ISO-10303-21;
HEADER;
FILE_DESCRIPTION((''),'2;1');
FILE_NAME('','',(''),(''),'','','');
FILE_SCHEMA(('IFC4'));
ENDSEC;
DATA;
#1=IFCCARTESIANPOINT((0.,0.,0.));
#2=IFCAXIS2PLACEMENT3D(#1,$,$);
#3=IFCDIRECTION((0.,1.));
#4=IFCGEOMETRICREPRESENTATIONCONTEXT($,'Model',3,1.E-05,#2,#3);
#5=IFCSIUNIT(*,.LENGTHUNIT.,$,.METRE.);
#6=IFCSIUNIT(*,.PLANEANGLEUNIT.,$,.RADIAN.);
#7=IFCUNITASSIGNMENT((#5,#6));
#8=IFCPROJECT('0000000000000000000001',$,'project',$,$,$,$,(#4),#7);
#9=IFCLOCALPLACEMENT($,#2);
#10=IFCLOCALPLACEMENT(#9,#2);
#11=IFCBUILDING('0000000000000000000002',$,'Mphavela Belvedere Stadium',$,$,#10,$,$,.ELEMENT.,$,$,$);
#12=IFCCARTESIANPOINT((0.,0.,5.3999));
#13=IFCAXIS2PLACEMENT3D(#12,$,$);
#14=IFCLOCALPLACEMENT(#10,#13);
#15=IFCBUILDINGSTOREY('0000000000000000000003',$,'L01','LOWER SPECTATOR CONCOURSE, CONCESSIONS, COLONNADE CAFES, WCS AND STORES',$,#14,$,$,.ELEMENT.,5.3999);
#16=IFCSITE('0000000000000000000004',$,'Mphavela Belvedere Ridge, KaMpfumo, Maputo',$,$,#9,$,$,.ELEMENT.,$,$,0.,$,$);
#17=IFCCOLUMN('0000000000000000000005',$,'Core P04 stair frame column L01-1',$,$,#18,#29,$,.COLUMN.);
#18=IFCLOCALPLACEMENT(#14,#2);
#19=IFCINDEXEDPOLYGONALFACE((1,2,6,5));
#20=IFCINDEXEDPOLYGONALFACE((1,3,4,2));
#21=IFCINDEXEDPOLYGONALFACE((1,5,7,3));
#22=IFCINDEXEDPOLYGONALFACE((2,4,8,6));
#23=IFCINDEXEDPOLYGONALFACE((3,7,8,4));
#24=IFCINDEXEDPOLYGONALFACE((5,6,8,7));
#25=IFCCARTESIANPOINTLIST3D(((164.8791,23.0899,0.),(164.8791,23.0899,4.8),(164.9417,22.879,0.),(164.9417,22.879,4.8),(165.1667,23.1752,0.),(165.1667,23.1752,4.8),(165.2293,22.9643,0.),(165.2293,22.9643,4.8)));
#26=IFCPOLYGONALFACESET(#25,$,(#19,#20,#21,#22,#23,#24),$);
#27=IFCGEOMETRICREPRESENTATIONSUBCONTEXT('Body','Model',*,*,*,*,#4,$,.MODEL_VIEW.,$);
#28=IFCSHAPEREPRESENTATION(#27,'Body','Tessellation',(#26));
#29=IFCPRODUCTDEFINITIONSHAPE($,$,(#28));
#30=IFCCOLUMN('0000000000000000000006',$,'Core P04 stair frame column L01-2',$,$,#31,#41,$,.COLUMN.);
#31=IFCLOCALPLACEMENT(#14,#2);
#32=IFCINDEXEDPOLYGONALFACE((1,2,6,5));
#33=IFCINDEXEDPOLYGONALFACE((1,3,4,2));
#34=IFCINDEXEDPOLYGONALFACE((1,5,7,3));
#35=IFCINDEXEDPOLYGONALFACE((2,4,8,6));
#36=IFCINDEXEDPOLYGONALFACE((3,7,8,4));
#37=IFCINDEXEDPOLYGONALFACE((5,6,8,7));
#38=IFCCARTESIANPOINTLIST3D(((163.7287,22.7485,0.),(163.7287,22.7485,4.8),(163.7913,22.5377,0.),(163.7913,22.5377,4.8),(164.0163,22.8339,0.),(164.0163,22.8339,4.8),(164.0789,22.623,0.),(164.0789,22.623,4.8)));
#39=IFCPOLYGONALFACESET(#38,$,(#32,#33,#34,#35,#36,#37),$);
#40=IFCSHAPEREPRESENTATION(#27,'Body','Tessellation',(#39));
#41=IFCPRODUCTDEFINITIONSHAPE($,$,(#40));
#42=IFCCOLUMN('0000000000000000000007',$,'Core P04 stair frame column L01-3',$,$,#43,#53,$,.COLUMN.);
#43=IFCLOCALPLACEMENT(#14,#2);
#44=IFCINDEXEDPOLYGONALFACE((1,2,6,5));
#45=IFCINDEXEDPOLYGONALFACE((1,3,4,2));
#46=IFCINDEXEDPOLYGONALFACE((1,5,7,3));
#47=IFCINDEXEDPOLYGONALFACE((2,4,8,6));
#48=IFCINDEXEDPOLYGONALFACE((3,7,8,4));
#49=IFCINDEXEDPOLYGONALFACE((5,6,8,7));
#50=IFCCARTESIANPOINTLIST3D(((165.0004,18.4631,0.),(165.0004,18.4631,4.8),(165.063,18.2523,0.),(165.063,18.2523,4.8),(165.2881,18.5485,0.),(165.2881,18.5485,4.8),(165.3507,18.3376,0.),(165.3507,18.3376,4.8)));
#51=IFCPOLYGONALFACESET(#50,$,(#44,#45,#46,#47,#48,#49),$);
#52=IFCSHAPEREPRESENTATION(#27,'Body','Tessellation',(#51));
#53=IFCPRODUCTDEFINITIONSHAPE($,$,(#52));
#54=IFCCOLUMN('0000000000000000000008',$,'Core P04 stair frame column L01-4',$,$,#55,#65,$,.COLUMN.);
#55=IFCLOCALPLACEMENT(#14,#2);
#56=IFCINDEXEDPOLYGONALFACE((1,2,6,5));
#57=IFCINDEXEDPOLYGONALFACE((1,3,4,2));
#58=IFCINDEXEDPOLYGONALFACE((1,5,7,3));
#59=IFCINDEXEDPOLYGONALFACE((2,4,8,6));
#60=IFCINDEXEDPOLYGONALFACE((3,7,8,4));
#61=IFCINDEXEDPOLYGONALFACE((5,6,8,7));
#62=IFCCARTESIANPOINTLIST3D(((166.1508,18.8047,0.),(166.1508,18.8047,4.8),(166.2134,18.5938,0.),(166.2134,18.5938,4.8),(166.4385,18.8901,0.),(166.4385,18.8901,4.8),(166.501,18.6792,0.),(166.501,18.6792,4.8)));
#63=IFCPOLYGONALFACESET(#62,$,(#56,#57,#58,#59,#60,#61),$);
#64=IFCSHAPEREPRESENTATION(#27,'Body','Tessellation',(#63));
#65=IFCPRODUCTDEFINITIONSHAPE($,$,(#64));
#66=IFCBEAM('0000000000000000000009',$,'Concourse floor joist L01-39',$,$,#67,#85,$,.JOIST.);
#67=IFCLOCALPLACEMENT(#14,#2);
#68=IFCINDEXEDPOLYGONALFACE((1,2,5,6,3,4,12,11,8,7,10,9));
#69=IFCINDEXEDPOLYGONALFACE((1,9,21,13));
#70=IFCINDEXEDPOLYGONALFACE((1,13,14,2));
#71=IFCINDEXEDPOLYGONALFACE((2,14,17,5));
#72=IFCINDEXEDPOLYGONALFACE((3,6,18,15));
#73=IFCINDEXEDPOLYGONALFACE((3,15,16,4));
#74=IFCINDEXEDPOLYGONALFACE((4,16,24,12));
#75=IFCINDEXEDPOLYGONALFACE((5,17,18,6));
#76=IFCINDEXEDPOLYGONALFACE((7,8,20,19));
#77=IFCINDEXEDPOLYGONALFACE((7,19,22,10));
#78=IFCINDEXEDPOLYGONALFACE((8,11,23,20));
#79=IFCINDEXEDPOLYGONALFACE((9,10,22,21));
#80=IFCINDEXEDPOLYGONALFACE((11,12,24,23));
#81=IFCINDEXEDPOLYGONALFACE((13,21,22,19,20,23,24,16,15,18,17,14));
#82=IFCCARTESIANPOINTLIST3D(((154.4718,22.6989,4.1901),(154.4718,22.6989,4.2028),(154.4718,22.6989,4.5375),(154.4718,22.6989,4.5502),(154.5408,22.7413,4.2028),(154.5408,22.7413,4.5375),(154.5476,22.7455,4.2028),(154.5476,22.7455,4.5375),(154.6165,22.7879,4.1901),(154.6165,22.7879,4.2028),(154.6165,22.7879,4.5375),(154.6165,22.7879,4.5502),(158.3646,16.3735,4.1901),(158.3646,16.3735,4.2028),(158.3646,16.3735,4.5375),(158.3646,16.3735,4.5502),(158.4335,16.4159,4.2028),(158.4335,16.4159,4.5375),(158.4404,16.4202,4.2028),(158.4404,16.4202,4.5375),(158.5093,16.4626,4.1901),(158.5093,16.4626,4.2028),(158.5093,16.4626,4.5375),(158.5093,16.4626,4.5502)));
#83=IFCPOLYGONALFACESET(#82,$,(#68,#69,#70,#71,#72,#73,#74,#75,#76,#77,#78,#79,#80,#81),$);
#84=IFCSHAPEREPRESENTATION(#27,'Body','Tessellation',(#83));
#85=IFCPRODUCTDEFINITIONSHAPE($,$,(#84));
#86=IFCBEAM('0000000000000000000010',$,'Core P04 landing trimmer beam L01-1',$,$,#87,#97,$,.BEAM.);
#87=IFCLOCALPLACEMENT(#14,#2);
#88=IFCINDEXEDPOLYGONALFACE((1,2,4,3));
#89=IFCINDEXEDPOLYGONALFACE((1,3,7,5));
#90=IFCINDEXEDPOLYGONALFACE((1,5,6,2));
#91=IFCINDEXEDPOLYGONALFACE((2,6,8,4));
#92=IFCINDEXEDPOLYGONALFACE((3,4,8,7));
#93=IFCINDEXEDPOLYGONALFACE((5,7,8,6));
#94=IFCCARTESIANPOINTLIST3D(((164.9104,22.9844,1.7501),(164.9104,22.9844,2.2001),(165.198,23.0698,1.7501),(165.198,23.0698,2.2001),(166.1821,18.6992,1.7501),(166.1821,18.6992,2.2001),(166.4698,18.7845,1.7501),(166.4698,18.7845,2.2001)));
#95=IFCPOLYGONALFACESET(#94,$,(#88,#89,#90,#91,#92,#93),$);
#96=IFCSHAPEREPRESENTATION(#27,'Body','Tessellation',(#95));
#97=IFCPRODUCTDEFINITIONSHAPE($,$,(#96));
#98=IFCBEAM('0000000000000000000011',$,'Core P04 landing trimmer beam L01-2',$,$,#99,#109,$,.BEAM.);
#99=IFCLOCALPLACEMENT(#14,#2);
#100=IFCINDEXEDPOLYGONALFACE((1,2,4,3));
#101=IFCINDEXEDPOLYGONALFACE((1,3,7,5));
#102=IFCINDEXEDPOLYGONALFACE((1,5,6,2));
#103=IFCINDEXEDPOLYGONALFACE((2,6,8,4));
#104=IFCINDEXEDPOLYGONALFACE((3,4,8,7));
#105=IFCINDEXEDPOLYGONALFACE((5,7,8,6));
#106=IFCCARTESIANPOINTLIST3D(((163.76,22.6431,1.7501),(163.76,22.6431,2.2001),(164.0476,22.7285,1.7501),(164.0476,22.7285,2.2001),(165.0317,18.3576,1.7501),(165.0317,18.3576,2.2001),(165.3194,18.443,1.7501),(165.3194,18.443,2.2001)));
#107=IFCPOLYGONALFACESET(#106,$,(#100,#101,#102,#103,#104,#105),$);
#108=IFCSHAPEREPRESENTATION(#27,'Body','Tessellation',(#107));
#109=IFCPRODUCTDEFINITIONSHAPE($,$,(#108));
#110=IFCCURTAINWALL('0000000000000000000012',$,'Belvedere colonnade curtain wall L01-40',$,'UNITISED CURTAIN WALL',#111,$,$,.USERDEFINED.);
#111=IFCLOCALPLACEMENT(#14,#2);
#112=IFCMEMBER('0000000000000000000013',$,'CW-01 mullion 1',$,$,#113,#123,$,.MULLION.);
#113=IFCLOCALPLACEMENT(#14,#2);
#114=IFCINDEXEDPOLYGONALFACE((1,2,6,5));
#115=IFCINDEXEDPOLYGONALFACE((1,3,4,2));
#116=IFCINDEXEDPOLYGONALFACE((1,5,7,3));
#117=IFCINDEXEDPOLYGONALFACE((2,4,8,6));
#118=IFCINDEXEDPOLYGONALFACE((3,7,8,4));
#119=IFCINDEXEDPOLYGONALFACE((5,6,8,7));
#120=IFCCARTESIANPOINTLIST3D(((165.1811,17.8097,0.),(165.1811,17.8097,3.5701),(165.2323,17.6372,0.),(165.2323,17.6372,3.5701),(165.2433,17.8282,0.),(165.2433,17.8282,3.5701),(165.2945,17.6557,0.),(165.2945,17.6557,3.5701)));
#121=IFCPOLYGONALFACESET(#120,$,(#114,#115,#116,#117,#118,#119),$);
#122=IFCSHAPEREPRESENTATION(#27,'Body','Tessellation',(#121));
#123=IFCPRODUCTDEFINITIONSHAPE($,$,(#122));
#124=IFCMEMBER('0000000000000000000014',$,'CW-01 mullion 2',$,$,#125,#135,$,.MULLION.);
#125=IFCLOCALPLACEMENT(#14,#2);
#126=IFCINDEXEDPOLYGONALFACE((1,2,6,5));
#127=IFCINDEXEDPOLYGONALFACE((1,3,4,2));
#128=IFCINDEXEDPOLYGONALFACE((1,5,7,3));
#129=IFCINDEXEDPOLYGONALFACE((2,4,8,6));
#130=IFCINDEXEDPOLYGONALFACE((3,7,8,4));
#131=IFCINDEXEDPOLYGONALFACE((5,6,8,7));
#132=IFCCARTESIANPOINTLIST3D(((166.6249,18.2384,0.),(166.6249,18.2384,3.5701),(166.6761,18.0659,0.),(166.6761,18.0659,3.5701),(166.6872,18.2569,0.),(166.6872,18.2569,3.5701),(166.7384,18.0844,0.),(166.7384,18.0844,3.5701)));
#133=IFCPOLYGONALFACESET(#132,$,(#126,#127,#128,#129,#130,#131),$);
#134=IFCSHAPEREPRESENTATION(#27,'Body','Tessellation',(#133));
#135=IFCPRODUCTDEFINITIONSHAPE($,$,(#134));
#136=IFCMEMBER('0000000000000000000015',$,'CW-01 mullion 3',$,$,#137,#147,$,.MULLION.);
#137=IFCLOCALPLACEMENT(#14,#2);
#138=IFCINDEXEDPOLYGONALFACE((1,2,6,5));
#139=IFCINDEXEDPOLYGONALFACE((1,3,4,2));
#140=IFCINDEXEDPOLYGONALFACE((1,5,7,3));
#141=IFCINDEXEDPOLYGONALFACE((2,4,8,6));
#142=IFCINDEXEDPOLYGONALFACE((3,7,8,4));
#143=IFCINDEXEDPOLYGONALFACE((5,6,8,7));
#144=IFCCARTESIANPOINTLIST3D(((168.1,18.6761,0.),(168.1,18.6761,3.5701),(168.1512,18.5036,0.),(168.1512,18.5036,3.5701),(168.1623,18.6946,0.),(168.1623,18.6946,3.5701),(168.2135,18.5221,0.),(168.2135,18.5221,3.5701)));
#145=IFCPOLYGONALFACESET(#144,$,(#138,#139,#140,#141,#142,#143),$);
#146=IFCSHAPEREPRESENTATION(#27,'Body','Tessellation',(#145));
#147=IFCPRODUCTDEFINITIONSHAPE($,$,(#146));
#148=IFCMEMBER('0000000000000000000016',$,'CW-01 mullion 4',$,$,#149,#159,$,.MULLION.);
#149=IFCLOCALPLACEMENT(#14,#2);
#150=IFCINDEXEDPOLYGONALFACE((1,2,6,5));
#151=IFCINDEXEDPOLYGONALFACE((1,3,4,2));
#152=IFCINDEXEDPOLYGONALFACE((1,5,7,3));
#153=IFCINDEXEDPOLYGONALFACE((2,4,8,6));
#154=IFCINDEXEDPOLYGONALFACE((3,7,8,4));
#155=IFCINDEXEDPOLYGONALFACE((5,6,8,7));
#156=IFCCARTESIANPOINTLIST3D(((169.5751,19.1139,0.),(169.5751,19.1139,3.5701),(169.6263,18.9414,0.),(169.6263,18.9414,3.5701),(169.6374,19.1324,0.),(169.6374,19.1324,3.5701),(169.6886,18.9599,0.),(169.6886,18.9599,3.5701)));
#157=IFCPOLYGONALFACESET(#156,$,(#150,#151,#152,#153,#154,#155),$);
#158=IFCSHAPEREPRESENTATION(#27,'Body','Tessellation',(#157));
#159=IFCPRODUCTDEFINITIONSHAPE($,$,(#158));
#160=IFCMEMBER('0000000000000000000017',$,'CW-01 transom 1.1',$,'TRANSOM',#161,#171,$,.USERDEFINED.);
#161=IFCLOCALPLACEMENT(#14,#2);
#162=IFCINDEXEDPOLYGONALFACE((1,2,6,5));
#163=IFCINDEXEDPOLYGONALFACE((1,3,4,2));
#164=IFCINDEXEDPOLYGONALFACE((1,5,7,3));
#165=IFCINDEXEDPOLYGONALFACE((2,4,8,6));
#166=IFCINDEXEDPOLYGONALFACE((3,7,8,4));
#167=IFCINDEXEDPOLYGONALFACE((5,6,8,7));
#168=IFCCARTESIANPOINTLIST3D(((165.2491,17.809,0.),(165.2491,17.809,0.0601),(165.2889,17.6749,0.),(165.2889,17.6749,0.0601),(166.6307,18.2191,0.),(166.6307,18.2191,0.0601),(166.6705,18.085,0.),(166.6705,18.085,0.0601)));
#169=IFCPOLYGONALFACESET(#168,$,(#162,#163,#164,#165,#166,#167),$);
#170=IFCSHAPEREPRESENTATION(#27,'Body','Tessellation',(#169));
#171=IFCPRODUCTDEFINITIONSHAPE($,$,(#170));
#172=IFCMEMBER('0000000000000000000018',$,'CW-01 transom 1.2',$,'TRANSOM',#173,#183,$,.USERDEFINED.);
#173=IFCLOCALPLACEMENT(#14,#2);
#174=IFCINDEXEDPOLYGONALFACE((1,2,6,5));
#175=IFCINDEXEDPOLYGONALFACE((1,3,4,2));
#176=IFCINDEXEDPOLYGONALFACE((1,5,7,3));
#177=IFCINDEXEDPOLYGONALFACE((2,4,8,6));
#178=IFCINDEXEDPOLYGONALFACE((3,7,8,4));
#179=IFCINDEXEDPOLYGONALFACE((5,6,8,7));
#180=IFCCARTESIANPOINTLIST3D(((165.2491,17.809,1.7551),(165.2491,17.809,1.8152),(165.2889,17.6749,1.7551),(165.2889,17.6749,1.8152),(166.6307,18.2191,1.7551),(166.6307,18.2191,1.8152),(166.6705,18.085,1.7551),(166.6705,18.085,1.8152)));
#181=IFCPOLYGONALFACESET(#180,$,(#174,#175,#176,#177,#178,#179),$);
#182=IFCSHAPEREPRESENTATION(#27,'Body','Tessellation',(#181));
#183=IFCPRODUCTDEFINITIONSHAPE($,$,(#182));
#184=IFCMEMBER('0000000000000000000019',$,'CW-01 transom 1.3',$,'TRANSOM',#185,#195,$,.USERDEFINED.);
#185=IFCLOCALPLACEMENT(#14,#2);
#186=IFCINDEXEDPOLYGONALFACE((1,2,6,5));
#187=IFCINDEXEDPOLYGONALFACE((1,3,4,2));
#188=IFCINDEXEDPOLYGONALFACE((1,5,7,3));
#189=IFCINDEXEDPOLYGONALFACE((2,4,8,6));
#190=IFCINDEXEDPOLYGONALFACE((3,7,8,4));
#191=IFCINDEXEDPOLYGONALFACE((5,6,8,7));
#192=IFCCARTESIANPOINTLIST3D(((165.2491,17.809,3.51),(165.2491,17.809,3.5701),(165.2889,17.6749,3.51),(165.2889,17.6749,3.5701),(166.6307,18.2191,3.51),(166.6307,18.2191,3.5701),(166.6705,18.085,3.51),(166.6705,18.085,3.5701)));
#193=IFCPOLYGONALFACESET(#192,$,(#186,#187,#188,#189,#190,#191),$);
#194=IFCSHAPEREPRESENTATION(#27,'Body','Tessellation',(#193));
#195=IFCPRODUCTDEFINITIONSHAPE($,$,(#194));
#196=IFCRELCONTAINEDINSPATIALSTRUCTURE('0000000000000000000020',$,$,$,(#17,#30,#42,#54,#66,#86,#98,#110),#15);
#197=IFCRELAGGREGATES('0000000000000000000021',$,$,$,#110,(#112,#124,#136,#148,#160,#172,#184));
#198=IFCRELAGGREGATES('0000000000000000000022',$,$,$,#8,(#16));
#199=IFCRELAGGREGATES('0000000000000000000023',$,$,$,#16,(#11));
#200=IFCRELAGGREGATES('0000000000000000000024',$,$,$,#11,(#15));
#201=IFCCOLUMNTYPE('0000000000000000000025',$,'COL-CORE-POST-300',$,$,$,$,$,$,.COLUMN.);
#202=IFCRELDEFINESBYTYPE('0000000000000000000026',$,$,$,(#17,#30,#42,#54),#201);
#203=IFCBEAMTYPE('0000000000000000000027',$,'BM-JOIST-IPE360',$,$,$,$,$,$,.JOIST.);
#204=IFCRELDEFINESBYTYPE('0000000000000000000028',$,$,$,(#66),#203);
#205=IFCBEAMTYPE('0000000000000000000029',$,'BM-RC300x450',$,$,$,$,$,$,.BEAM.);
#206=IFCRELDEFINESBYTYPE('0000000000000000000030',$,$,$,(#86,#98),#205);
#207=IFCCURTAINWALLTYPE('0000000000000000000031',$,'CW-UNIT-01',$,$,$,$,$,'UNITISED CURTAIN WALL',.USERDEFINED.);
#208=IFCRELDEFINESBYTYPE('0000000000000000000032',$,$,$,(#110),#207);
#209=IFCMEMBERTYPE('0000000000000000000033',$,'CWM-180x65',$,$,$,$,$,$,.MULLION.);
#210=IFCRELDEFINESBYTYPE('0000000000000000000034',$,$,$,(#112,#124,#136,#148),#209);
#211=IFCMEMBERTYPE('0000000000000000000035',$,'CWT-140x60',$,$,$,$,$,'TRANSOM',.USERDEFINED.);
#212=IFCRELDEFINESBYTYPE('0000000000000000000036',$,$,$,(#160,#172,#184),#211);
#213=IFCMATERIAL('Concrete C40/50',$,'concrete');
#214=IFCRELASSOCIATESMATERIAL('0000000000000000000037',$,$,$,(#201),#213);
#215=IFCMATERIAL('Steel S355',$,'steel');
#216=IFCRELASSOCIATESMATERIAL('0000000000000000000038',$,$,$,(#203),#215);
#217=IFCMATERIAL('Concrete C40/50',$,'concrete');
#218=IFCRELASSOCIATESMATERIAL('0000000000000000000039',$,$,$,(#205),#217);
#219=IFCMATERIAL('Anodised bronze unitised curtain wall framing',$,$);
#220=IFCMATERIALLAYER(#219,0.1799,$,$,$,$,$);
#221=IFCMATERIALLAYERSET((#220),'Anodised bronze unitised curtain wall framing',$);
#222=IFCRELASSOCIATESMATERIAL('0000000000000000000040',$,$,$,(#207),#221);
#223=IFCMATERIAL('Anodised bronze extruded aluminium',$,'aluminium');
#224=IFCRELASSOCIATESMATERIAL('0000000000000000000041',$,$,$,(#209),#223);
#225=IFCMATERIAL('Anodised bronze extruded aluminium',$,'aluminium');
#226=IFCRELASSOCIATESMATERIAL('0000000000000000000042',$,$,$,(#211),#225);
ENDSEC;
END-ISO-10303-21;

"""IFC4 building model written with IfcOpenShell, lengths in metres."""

from ifc_helpers import new_model, si_unit, direction, frame, origin, origin_2d, place, context, subcontext, project, spatial, rectangle, i_section, extrude, material, layer, layer_set, material_profile, profile_set, type_object, element, aggregate, save


model = new_model("IFC4")

# Units and contexts
model_context = context("Model", 3, precision=1e-05, world=origin(), true_north=direction((0.0, 1.0)))
body_context = subcontext(model_context, "Body", "Model", "MODEL_VIEW")
ifc_project = project(units=[si_unit("LENGTHUNIT", "METRE"), si_unit("PLANEANGLEUNIT", "RADIAN")], contexts=[model_context])

# Site, building, storey
site_placement = place(None, origin())
site = spatial("IfcSite", under=ifc_project, at=site_placement, Name="Mphavela Belvedere Ridge, KaMpfumo, Maputo", CompositionType="ELEMENT", RefElevation=0.0)
building_placement = place(site_placement, origin())
building = spatial("IfcBuilding", under=site, at=building_placement, Name="Mphavela Belvedere Stadium", CompositionType="ELEMENT")
storey_placement = place(building_placement, frame((0.0, 0.0, 5.3999)))
storey = spatial("IfcBuildingStorey", under=building, at=storey_placement, Name="L01", Description="LOWER SPECTATOR CONCOURSE, CONCESSIONS, COLONNADE CAFES, WCS AND STORES", CompositionType="ELEMENT", Elevation=5.3999)

# Columns
ifc_material_1 = material(Name="Concrete C40/50", Category="concrete")
ifc_material_profile_1 = material_profile(ifc_material_1, rectangle(XDim=0.3, YDim=0.22, at=origin_2d()), Name="RC 300x220")
ifc_profile_set_1 = profile_set([ifc_material_profile_1], Name="Concrete C40/50")
column_type = type_object("IfcColumnType", Name="COL-CORE-POST-300", PredefinedType="COLUMN", material=ifc_profile_set_1)
for number, where, z_axis, x_axis, name in (
    (1, (165.0542, 23.0271, 0.0), (0.0, 0.0, 1.0), (-0.958671, -0.284517, 0.0), "Core P04 stair frame column L01-1"),
    (2, (163.9038, 22.6858, 0.0), (0.0, 0.0, 1.0), (-0.958671, -0.284517, 0.0), "Core P04 stair frame column L01-2"),
    (3, (165.1755, 18.4004, 0.0), (0.0, 0.0, 1.0), (-0.958671, -0.284517, 0.0), "Core P04 stair frame column L01-3"),
    (4, (166.3259, 18.7419, 0.0), (0.0, 0.0, 1.0), (-0.958671, -0.284517, 0.0), "Core P04 stair frame column L01-4"),
):
    element("IfcColumn", number, at=place(storey_placement, frame(where, z_axis=z_axis, x_axis=x_axis)), inside=storey, type_object=column_type, Name=name, PredefinedType="COLUMN", context=body_context, shape_type="SweptSolid", body=[
        extrude(rectangle(XDim=0.3, YDim=0.22, at=origin_2d()), origin(), (0.0, 0.0, 1.0), 4.8),
    ])

# Beams
ifc_material_2 = material(Name="Steel S355", Category="steel")
ifc_material_profile_2 = material_profile(ifc_material_2, i_section(OverallWidth=0.1699, OverallDepth=0.3601, WebThickness=0.0081, FlangeThickness=0.0127, at=origin_2d()), Name="IPE 360")
ifc_profile_set_2 = profile_set([ifc_material_profile_2], Name="Steel S355")
beam_type_1 = type_object("IfcBeamType", Name="BM-JOIST-IPE360", PredefinedType="JOIST", material=ifc_profile_set_2)
beam_1_placement = place(storey_placement, frame((154.5442, 22.7434, 4.3701), z_axis=(0.524121, -0.851644, 0.0), x_axis=(0.851644, 0.524121, 0.0)))
element("IfcBeam", 5, at=beam_1_placement, inside=storey, type_object=beam_type_1, Name="Concourse floor joist L01-39", PredefinedType="JOIST", context=body_context, shape_type="SweptSolid", body=[
    extrude(i_section(OverallWidth=0.1699, OverallDepth=0.3601, WebThickness=0.0081, FlangeThickness=0.0127, at=origin_2d()), origin(), (0.0, 0.0, 1.0), 7.4272),
])
ifc_material_3 = material(Name="Concrete C40/50", Category="concrete")
ifc_material_profile_3 = material_profile(ifc_material_3, rectangle(XDim=0.3, YDim=0.45, at=origin_2d()), Name="RC 300x450")
ifc_profile_set_3 = profile_set([ifc_material_profile_3], Name="Concrete C40/50")
beam_type_2 = type_object("IfcBeamType", Name="BM-RC300x450", PredefinedType="BEAM", material=ifc_profile_set_3)
beam_2_placement = place(storey_placement, frame((165.0542, 23.0271, 1.9751), z_axis=(0.28451, -0.958673, 0.0), x_axis=(0.958673, 0.28451, 0.0)))
element("IfcBeam", 6, at=beam_2_placement, inside=storey, type_object=beam_type_2, Name="Core P04 landing trimmer beam L01-1", PredefinedType="BEAM", context=body_context, shape_type="SweptSolid", body=[
    extrude(rectangle(XDim=0.3, YDim=0.45, at=origin_2d()), origin(), (0.0, 0.0, 1.0), 4.47),
])
beam_3_placement = place(storey_placement, frame((163.9038, 22.6858, 1.9751), z_axis=(0.284496, -0.958677, 0.0), x_axis=(0.958677, 0.284496, 0.0)))
element("IfcBeam", 7, at=beam_3_placement, inside=storey, type_object=beam_type_2, Name="Core P04 landing trimmer beam L01-2", PredefinedType="BEAM", context=body_context, shape_type="SweptSolid", body=[
    extrude(rectangle(XDim=0.3, YDim=0.45, at=origin_2d()), origin(), (0.0, 0.0, 1.0), 4.4702),
])

# Curtain wall, members
ifc_material_4 = material(Name="Anodised bronze unitised curtain wall framing")
ifc_layer_1 = layer(ifc_material_4, 0.1799)
ifc_layer_set_1 = layer_set([ifc_layer_1], Name="Anodised bronze unitised curtain wall framing")
curtain_wall_type = type_object("IfcCurtainWallType", Name="CW-UNIT-01", ElementType="UNITISED CURTAIN WALL", PredefinedType="USERDEFINED", material=ifc_layer_set_1)
curtain_wall_placement = place(storey_placement, origin())
curtain_wall = element("IfcCurtainWall", 8, at=curtain_wall_placement, inside=storey, type_object=curtain_wall_type, Name="Belvedere colonnade curtain wall L01-40", ObjectType="UNITISED CURTAIN WALL", PredefinedType="USERDEFINED")
ifc_material_5 = material(Name="Anodised bronze extruded aluminium", Category="aluminium")
ifc_material_profile_4 = material_profile(ifc_material_5, rectangle(XDim=0.1799, YDim=0.0649, at=origin_2d()), Name="CW-MUL 180x65")
ifc_profile_set_4 = profile_set([ifc_material_profile_4], Name="Anodised bronze extruded aluminium")
member_type_1 = type_object("IfcMemberType", Name="CWM-180x65", PredefinedType="MULLION", material=ifc_profile_set_4)
member_1_placement = place(storey_placement, frame((165.2378, 17.7327, 0.0), z_axis=(0.0, 0.0, 1.0), x_axis=(-0.284551, 0.958661, 0.0)))
member_1 = element("IfcMember", 9, at=member_1_placement, type_object=member_type_1, Name="CW-01 mullion 1", PredefinedType="MULLION", context=body_context, shape_type="SweptSolid", body=[
    extrude(rectangle(XDim=0.1799, YDim=0.0649, at=origin_2d()), origin(), (0.0, 0.0, 1.0), 3.5701),
])
member_2_placement = place(storey_placement, frame((166.6816, 18.1614, 0.0), z_axis=(0.0, 0.0, 1.0), x_axis=(-0.284551, 0.958661, 0.0)))
member_2 = element("IfcMember", 10, at=member_2_placement, type_object=member_type_1, Name="CW-01 mullion 2", PredefinedType="MULLION", context=body_context, shape_type="SweptSolid", body=[
    extrude(rectangle(XDim=0.1799, YDim=0.0649, at=origin_2d()), origin(), (0.0, 0.0, 1.0), 3.5701),
])
member_3_placement = place(storey_placement, frame((168.1567, 18.5991, 0.0), z_axis=(0.0, 0.0, 1.0), x_axis=(-0.284551, 0.958661, 0.0)))
member_3 = element("IfcMember", 11, at=member_3_placement, type_object=member_type_1, Name="CW-01 mullion 3", PredefinedType="MULLION", context=body_context, shape_type="SweptSolid", body=[
    extrude(rectangle(XDim=0.1799, YDim=0.0649, at=origin_2d()), origin(), (0.0, 0.0, 1.0), 3.5701),
])
member_4_placement = place(storey_placement, frame((169.6318, 19.0369, 0.0), z_axis=(0.0, 0.0, 1.0), x_axis=(-0.284551, 0.958661, 0.0)))
member_4 = element("IfcMember", 12, at=member_4_placement, type_object=member_type_1, Name="CW-01 mullion 4", PredefinedType="MULLION", context=body_context, shape_type="SweptSolid", body=[
    extrude(rectangle(XDim=0.1799, YDim=0.0649, at=origin_2d()), origin(), (0.0, 0.0, 1.0), 3.5701),
])
ifc_material_6 = material(Name="Anodised bronze extruded aluminium", Category="aluminium")
ifc_material_profile_5 = material_profile(ifc_material_6, rectangle(XDim=0.1399, YDim=0.0601, at=origin_2d()), Name="CW-TRN 140x60")
ifc_profile_set_5 = profile_set([ifc_material_profile_5], Name="Anodised bronze extruded aluminium")
member_type_2 = type_object("IfcMemberType", Name="CWT-140x60", ElementType="TRANSOM", PredefinedType="USERDEFINED", material=ifc_profile_set_5)
member_5_placement = place(storey_placement, frame((165.269, 17.7419, 0.03), z_axis=(0.958648, 0.284596, 0.0), x_axis=(-0.284596, 0.958648, 0.0)))
member_5 = element("IfcMember", 13, at=member_5_placement, type_object=member_type_2, Name="CW-01 transom 1.1", ObjectType="TRANSOM", PredefinedType="USERDEFINED", context=body_context, shape_type="SweptSolid", body=[
    extrude(rectangle(XDim=0.1399, YDim=0.0601, at=origin_2d()), origin(), (0.0, 0.0, 1.0), 1.4412),
])
member_6_placement = place(storey_placement, frame((165.269, 17.7419, 1.7852), z_axis=(0.958648, 0.284596, 0.0), x_axis=(-0.284596, 0.958648, 0.0)))
member_6 = element("IfcMember", 14, at=member_6_placement, type_object=member_type_2, Name="CW-01 transom 1.2", ObjectType="TRANSOM", PredefinedType="USERDEFINED", context=body_context, shape_type="SweptSolid", body=[
    extrude(rectangle(XDim=0.1399, YDim=0.0601, at=origin_2d()), origin(), (0.0, 0.0, 1.0), 1.4412),
])
member_7_placement = place(storey_placement, frame((165.269, 17.7419, 3.54), z_axis=(0.958648, 0.284596, 0.0), x_axis=(-0.284596, 0.958648, 0.0)))
member_7 = element("IfcMember", 15, at=member_7_placement, type_object=member_type_2, Name="CW-01 transom 1.3", ObjectType="TRANSOM", PredefinedType="USERDEFINED", context=body_context, shape_type="SweptSolid", body=[
    extrude(rectangle(XDim=0.1399, YDim=0.0601, at=origin_2d()), origin(), (0.0, 0.0, 1.0), 1.4412),
])
aggregate(curtain_wall, [member_1, member_2, member_3, member_4, member_5, member_6, member_7])

save(model, "model.ifc")
